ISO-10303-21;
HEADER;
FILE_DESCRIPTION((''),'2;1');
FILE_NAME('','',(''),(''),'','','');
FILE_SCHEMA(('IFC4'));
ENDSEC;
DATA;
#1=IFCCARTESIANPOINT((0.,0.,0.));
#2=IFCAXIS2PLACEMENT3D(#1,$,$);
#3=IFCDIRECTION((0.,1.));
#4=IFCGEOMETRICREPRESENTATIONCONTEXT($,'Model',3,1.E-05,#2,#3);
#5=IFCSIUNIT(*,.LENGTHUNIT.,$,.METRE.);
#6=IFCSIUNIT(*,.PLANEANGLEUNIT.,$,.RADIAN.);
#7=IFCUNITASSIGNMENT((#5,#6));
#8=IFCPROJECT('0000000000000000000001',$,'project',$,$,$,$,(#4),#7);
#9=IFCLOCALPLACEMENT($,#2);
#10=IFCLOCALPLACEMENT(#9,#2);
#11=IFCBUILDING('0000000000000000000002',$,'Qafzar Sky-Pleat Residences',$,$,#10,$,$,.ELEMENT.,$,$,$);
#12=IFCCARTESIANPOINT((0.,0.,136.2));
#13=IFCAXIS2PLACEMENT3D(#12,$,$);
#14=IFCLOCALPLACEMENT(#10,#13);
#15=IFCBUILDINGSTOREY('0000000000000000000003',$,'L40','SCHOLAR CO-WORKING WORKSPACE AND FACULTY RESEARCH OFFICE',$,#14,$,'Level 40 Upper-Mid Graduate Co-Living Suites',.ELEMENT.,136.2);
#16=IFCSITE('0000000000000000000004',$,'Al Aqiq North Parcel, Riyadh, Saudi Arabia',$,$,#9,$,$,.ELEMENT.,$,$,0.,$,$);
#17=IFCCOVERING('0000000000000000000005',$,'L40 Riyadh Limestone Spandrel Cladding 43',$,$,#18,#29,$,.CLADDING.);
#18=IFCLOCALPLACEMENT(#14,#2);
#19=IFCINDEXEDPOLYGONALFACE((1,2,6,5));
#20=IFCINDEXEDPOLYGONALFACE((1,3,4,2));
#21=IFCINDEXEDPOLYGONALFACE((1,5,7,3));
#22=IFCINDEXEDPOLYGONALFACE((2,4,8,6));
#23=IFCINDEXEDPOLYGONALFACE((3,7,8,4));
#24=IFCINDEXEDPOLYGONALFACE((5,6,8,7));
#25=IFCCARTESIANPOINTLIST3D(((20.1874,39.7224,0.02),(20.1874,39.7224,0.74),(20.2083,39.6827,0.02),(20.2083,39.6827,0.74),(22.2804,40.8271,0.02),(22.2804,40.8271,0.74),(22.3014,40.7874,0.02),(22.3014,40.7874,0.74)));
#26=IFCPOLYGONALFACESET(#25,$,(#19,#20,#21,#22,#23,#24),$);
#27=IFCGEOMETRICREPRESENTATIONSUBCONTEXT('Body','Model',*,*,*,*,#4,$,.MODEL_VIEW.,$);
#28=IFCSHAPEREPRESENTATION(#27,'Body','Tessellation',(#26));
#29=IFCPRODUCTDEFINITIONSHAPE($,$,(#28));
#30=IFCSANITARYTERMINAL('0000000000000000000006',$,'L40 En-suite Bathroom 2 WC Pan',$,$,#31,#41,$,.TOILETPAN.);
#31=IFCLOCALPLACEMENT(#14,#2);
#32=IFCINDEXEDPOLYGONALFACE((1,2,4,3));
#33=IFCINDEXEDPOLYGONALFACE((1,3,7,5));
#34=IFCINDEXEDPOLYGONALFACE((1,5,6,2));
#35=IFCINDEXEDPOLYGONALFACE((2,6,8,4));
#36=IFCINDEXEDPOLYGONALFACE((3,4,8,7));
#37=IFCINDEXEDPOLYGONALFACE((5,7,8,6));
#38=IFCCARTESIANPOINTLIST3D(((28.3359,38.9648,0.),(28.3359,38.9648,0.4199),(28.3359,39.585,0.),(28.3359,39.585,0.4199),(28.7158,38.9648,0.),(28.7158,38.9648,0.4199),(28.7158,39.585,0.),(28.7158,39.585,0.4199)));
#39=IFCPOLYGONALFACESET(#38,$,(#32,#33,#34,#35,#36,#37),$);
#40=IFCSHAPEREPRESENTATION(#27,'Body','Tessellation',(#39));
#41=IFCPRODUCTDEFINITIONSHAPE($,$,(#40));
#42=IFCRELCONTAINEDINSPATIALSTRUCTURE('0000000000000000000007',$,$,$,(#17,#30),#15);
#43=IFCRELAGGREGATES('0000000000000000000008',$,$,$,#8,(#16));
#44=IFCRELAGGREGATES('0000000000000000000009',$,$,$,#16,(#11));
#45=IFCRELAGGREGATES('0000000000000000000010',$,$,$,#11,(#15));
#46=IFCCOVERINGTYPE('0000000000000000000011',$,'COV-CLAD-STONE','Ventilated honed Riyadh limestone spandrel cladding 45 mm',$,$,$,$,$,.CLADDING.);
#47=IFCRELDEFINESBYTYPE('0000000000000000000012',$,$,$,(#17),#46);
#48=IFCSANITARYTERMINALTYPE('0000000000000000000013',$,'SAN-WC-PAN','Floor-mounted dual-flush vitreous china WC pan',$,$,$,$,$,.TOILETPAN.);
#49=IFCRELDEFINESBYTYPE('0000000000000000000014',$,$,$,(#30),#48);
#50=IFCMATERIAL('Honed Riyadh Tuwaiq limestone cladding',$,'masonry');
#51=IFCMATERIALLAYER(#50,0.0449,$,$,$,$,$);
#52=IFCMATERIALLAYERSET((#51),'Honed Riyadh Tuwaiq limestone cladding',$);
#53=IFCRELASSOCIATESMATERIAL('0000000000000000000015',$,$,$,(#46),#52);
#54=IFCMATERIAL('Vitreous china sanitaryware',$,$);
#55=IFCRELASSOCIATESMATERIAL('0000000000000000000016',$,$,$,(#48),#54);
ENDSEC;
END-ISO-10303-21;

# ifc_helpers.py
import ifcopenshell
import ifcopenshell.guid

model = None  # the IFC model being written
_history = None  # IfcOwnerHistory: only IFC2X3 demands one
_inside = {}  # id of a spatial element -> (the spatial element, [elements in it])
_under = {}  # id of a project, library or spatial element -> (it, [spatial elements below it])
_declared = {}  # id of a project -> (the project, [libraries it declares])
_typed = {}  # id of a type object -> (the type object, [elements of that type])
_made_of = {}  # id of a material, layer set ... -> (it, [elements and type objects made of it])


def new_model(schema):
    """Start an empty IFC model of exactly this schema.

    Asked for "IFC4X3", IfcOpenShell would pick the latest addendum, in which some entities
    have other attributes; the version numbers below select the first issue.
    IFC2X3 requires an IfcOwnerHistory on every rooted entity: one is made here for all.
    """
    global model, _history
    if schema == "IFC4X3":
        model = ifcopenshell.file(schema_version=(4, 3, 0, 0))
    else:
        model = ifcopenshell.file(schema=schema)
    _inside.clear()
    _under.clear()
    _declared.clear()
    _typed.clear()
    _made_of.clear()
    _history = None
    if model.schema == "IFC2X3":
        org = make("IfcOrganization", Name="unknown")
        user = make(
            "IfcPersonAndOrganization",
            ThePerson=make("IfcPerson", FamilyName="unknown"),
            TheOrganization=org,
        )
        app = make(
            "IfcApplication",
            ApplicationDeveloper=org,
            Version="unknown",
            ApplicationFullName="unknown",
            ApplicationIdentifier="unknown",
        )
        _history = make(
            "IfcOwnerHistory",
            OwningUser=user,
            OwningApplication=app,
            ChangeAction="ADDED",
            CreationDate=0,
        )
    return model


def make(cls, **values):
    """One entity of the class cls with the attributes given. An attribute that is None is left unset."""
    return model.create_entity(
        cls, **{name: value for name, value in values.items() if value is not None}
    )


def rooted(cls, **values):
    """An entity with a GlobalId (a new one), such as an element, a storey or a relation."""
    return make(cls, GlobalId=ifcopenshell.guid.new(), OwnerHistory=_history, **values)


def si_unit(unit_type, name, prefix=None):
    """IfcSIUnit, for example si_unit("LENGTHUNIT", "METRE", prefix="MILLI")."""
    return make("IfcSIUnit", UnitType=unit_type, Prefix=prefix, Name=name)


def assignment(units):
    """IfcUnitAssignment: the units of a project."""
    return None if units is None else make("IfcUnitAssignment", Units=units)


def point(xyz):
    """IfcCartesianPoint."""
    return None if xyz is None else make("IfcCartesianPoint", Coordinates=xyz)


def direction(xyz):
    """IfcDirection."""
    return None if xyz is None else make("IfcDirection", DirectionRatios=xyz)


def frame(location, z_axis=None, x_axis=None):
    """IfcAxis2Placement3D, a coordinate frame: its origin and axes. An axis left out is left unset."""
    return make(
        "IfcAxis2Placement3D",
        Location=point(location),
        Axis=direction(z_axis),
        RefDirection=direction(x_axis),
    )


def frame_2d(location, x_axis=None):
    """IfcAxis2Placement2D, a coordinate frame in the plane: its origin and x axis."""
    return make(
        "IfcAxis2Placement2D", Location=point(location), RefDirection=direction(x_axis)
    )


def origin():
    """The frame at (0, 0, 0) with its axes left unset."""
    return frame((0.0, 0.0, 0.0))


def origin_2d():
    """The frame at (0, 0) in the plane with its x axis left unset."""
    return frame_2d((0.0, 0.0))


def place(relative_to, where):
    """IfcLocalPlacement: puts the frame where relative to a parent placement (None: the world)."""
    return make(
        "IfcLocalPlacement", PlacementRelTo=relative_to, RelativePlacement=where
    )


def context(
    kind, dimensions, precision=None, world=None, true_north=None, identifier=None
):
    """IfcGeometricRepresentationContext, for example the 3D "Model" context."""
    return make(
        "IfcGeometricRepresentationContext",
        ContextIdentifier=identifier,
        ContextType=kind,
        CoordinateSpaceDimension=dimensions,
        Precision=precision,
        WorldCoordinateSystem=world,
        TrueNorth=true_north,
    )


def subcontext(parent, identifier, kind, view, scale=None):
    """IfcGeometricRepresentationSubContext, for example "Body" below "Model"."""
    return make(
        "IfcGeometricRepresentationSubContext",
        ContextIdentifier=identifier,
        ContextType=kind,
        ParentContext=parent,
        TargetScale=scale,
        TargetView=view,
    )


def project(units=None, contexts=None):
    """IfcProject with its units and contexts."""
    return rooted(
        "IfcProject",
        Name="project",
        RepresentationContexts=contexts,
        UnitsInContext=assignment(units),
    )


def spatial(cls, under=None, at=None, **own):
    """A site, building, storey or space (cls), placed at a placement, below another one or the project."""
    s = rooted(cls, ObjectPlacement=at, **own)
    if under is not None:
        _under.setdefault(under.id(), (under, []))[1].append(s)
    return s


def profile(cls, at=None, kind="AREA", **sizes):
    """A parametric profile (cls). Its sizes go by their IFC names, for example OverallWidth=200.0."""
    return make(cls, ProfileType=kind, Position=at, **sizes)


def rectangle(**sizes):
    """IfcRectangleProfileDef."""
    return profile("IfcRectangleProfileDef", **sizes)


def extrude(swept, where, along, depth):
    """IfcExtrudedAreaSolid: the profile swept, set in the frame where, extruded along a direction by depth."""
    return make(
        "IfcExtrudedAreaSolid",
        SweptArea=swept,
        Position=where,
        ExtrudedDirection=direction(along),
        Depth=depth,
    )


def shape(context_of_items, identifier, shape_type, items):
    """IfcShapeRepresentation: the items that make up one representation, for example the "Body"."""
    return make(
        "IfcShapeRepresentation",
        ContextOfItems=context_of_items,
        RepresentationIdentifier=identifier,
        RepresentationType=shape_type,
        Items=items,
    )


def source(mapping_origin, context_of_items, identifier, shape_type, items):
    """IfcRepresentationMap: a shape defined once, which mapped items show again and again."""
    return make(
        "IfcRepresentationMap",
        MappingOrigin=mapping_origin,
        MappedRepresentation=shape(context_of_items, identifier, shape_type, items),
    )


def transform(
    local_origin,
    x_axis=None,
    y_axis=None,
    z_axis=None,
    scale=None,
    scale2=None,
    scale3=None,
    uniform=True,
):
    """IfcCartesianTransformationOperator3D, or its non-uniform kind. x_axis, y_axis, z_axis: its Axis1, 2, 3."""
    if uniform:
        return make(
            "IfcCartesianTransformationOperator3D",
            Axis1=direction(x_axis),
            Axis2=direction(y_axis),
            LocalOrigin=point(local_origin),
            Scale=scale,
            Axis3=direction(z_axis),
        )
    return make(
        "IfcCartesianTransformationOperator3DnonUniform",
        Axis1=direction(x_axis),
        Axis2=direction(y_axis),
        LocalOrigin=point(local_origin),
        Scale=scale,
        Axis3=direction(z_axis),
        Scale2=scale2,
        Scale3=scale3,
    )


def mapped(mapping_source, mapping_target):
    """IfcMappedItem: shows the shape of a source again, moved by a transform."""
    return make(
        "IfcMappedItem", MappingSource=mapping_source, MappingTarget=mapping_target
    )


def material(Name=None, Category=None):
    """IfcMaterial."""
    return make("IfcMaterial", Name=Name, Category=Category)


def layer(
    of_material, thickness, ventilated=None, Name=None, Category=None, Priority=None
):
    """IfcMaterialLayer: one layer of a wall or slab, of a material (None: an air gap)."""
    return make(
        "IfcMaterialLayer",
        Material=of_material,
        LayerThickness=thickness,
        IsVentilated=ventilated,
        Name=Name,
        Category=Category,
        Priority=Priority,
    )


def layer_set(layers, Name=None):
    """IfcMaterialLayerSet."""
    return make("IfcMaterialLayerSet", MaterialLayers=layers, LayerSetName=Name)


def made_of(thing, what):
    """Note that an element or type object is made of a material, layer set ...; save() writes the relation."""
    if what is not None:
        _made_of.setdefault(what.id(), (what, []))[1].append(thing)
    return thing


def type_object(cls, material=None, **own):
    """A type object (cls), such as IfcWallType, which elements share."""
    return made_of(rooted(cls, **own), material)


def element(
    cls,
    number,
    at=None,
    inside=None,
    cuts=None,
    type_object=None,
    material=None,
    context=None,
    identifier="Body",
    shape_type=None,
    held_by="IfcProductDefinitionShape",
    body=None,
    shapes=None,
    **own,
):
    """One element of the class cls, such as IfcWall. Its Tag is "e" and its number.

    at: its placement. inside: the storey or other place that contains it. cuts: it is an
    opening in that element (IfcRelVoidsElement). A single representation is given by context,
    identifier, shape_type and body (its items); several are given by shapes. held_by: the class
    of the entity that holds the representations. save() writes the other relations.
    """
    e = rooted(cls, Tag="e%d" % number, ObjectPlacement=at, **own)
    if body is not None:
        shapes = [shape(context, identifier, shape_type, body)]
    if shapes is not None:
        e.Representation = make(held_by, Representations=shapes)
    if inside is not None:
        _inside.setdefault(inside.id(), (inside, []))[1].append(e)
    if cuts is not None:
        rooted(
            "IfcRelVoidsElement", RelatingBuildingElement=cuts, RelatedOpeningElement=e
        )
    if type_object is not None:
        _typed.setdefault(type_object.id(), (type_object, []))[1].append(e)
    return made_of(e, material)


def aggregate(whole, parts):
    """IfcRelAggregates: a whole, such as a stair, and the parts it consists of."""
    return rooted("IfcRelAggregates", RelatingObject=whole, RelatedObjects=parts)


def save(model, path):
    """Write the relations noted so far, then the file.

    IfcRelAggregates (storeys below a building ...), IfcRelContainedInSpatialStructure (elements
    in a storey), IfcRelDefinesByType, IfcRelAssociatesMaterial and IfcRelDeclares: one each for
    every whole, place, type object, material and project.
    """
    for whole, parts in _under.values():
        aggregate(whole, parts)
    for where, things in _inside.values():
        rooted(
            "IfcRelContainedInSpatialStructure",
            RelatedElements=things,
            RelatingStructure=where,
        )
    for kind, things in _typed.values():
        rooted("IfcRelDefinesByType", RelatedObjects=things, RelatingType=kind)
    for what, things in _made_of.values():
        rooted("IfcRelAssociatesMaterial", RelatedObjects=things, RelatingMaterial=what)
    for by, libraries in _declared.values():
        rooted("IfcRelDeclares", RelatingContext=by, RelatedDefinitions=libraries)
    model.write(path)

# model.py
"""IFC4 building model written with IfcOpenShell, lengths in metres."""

from ifc_helpers import new_model, si_unit, direction, frame, origin, origin_2d, place, context, subcontext, project, spatial, rectangle, extrude, source, transform, mapped, material, layer, layer_set, type_object, element, save


model = new_model("IFC4")

# Units and contexts
model_context = context("Model", 3, precision=1e-05, world=origin(), true_north=direction((0.0, 1.0)))
body_context = subcontext(model_context, "Body", "Model", "MODEL_VIEW")
ifc_project = project(units=[si_unit("LENGTHUNIT", "METRE"), si_unit("PLANEANGLEUNIT", "RADIAN")], contexts=[model_context])

# Site, building, storey
site_placement = place(None, origin())
site = spatial("IfcSite", under=ifc_project, at=site_placement, Name="Al Aqiq North Parcel, Riyadh, Saudi Arabia", CompositionType="ELEMENT", RefElevation=0.0)
building_placement = place(site_placement, origin())
building = spatial("IfcBuilding", under=site, at=building_placement, Name="Qafzar Sky-Pleat Residences", CompositionType="ELEMENT")
storey_placement = place(building_placement, frame((0.0, 0.0, 136.2)))
storey = spatial("IfcBuildingStorey", under=building, at=storey_placement, Name="L40", Description="SCHOLAR CO-WORKING WORKSPACE AND FACULTY RESEARCH OFFICE", LongName="Level 40 Upper-Mid Graduate Co-Living Suites", CompositionType="ELEMENT", Elevation=136.2)

# Covering
ifc_material_1 = material(Name="Honed Riyadh Tuwaiq limestone cladding", Category="masonry")
ifc_layer_1 = layer(ifc_material_1, 0.0449)
ifc_layer_set_1 = layer_set([ifc_layer_1], Name="Honed Riyadh Tuwaiq limestone cladding")
covering_type = type_object("IfcCoveringType", Name="COV-CLAD-STONE", Description="Ventilated honed Riyadh limestone spandrel cladding 45 mm", PredefinedType="CLADDING", material=ifc_layer_set_1)
shared_shape_1 = source(origin(), body_context, "Body", "SweptSolid", [
    extrude(rectangle(XDim=2.3667, YDim=0.0449, at=origin_2d()), origin(), (0.0, 0.0, 1.0), 0.72),
])
covering_placement = place(storey_placement, frame((21.2444, 40.2549, 0.02), z_axis=(0.0, 0.0, 1.0), x_axis=(-0.884386, -0.466757, 0.0)))
element("IfcCovering", 1, at=covering_placement, inside=storey, type_object=covering_type, Name="L40 Riyadh Limestone Spandrel Cladding 43", PredefinedType="CLADDING", context=body_context, shape_type="MappedRepresentation", body=[
    mapped(shared_shape_1, transform((0.0, 0.0, 0.0), x_axis=(1.0, 0.0, 0.0), y_axis=(0.0, 1.0, 0.0), z_axis=(0.0, 0.0, 1.0), scale=1.0)),
])

# Sanitary terminal
ifc_material_2 = material(Name="Vitreous china sanitaryware")
sanitary_terminal_type = type_object("IfcSanitaryTerminalType", Name="SAN-WC-PAN", Description="Floor-mounted dual-flush vitreous china WC pan", PredefinedType="TOILETPAN", material=ifc_material_2)
shared_shape_2 = source(origin(), body_context, "Body", "SweptSolid", [
    extrude(rectangle(XDim=0.3799, YDim=0.6201, at=origin_2d()), origin(), (0.0, 0.0, 1.0), 0.4199),
])
sanitary_terminal_placement = place(storey_placement, frame((28.5259, 39.2749, 0.0), z_axis=(0.0, 0.0, 1.0), x_axis=(1.0, 0.0, 0.0)))
element("IfcSanitaryTerminal", 2, at=sanitary_terminal_placement, inside=storey, type_object=sanitary_terminal_type, Name="L40 En-suite Bathroom 2 WC Pan", PredefinedType="TOILETPAN", context=body_context, shape_type="MappedRepresentation", body=[
    mapped(shared_shape_2, transform((0.0, 0.0, 0.0), x_axis=(1.0, 0.0, 0.0), y_axis=(0.0, 1.0, 0.0), z_axis=(0.0, 0.0, 1.0), scale=1.0)),
])

save(model, "model.ifc")
